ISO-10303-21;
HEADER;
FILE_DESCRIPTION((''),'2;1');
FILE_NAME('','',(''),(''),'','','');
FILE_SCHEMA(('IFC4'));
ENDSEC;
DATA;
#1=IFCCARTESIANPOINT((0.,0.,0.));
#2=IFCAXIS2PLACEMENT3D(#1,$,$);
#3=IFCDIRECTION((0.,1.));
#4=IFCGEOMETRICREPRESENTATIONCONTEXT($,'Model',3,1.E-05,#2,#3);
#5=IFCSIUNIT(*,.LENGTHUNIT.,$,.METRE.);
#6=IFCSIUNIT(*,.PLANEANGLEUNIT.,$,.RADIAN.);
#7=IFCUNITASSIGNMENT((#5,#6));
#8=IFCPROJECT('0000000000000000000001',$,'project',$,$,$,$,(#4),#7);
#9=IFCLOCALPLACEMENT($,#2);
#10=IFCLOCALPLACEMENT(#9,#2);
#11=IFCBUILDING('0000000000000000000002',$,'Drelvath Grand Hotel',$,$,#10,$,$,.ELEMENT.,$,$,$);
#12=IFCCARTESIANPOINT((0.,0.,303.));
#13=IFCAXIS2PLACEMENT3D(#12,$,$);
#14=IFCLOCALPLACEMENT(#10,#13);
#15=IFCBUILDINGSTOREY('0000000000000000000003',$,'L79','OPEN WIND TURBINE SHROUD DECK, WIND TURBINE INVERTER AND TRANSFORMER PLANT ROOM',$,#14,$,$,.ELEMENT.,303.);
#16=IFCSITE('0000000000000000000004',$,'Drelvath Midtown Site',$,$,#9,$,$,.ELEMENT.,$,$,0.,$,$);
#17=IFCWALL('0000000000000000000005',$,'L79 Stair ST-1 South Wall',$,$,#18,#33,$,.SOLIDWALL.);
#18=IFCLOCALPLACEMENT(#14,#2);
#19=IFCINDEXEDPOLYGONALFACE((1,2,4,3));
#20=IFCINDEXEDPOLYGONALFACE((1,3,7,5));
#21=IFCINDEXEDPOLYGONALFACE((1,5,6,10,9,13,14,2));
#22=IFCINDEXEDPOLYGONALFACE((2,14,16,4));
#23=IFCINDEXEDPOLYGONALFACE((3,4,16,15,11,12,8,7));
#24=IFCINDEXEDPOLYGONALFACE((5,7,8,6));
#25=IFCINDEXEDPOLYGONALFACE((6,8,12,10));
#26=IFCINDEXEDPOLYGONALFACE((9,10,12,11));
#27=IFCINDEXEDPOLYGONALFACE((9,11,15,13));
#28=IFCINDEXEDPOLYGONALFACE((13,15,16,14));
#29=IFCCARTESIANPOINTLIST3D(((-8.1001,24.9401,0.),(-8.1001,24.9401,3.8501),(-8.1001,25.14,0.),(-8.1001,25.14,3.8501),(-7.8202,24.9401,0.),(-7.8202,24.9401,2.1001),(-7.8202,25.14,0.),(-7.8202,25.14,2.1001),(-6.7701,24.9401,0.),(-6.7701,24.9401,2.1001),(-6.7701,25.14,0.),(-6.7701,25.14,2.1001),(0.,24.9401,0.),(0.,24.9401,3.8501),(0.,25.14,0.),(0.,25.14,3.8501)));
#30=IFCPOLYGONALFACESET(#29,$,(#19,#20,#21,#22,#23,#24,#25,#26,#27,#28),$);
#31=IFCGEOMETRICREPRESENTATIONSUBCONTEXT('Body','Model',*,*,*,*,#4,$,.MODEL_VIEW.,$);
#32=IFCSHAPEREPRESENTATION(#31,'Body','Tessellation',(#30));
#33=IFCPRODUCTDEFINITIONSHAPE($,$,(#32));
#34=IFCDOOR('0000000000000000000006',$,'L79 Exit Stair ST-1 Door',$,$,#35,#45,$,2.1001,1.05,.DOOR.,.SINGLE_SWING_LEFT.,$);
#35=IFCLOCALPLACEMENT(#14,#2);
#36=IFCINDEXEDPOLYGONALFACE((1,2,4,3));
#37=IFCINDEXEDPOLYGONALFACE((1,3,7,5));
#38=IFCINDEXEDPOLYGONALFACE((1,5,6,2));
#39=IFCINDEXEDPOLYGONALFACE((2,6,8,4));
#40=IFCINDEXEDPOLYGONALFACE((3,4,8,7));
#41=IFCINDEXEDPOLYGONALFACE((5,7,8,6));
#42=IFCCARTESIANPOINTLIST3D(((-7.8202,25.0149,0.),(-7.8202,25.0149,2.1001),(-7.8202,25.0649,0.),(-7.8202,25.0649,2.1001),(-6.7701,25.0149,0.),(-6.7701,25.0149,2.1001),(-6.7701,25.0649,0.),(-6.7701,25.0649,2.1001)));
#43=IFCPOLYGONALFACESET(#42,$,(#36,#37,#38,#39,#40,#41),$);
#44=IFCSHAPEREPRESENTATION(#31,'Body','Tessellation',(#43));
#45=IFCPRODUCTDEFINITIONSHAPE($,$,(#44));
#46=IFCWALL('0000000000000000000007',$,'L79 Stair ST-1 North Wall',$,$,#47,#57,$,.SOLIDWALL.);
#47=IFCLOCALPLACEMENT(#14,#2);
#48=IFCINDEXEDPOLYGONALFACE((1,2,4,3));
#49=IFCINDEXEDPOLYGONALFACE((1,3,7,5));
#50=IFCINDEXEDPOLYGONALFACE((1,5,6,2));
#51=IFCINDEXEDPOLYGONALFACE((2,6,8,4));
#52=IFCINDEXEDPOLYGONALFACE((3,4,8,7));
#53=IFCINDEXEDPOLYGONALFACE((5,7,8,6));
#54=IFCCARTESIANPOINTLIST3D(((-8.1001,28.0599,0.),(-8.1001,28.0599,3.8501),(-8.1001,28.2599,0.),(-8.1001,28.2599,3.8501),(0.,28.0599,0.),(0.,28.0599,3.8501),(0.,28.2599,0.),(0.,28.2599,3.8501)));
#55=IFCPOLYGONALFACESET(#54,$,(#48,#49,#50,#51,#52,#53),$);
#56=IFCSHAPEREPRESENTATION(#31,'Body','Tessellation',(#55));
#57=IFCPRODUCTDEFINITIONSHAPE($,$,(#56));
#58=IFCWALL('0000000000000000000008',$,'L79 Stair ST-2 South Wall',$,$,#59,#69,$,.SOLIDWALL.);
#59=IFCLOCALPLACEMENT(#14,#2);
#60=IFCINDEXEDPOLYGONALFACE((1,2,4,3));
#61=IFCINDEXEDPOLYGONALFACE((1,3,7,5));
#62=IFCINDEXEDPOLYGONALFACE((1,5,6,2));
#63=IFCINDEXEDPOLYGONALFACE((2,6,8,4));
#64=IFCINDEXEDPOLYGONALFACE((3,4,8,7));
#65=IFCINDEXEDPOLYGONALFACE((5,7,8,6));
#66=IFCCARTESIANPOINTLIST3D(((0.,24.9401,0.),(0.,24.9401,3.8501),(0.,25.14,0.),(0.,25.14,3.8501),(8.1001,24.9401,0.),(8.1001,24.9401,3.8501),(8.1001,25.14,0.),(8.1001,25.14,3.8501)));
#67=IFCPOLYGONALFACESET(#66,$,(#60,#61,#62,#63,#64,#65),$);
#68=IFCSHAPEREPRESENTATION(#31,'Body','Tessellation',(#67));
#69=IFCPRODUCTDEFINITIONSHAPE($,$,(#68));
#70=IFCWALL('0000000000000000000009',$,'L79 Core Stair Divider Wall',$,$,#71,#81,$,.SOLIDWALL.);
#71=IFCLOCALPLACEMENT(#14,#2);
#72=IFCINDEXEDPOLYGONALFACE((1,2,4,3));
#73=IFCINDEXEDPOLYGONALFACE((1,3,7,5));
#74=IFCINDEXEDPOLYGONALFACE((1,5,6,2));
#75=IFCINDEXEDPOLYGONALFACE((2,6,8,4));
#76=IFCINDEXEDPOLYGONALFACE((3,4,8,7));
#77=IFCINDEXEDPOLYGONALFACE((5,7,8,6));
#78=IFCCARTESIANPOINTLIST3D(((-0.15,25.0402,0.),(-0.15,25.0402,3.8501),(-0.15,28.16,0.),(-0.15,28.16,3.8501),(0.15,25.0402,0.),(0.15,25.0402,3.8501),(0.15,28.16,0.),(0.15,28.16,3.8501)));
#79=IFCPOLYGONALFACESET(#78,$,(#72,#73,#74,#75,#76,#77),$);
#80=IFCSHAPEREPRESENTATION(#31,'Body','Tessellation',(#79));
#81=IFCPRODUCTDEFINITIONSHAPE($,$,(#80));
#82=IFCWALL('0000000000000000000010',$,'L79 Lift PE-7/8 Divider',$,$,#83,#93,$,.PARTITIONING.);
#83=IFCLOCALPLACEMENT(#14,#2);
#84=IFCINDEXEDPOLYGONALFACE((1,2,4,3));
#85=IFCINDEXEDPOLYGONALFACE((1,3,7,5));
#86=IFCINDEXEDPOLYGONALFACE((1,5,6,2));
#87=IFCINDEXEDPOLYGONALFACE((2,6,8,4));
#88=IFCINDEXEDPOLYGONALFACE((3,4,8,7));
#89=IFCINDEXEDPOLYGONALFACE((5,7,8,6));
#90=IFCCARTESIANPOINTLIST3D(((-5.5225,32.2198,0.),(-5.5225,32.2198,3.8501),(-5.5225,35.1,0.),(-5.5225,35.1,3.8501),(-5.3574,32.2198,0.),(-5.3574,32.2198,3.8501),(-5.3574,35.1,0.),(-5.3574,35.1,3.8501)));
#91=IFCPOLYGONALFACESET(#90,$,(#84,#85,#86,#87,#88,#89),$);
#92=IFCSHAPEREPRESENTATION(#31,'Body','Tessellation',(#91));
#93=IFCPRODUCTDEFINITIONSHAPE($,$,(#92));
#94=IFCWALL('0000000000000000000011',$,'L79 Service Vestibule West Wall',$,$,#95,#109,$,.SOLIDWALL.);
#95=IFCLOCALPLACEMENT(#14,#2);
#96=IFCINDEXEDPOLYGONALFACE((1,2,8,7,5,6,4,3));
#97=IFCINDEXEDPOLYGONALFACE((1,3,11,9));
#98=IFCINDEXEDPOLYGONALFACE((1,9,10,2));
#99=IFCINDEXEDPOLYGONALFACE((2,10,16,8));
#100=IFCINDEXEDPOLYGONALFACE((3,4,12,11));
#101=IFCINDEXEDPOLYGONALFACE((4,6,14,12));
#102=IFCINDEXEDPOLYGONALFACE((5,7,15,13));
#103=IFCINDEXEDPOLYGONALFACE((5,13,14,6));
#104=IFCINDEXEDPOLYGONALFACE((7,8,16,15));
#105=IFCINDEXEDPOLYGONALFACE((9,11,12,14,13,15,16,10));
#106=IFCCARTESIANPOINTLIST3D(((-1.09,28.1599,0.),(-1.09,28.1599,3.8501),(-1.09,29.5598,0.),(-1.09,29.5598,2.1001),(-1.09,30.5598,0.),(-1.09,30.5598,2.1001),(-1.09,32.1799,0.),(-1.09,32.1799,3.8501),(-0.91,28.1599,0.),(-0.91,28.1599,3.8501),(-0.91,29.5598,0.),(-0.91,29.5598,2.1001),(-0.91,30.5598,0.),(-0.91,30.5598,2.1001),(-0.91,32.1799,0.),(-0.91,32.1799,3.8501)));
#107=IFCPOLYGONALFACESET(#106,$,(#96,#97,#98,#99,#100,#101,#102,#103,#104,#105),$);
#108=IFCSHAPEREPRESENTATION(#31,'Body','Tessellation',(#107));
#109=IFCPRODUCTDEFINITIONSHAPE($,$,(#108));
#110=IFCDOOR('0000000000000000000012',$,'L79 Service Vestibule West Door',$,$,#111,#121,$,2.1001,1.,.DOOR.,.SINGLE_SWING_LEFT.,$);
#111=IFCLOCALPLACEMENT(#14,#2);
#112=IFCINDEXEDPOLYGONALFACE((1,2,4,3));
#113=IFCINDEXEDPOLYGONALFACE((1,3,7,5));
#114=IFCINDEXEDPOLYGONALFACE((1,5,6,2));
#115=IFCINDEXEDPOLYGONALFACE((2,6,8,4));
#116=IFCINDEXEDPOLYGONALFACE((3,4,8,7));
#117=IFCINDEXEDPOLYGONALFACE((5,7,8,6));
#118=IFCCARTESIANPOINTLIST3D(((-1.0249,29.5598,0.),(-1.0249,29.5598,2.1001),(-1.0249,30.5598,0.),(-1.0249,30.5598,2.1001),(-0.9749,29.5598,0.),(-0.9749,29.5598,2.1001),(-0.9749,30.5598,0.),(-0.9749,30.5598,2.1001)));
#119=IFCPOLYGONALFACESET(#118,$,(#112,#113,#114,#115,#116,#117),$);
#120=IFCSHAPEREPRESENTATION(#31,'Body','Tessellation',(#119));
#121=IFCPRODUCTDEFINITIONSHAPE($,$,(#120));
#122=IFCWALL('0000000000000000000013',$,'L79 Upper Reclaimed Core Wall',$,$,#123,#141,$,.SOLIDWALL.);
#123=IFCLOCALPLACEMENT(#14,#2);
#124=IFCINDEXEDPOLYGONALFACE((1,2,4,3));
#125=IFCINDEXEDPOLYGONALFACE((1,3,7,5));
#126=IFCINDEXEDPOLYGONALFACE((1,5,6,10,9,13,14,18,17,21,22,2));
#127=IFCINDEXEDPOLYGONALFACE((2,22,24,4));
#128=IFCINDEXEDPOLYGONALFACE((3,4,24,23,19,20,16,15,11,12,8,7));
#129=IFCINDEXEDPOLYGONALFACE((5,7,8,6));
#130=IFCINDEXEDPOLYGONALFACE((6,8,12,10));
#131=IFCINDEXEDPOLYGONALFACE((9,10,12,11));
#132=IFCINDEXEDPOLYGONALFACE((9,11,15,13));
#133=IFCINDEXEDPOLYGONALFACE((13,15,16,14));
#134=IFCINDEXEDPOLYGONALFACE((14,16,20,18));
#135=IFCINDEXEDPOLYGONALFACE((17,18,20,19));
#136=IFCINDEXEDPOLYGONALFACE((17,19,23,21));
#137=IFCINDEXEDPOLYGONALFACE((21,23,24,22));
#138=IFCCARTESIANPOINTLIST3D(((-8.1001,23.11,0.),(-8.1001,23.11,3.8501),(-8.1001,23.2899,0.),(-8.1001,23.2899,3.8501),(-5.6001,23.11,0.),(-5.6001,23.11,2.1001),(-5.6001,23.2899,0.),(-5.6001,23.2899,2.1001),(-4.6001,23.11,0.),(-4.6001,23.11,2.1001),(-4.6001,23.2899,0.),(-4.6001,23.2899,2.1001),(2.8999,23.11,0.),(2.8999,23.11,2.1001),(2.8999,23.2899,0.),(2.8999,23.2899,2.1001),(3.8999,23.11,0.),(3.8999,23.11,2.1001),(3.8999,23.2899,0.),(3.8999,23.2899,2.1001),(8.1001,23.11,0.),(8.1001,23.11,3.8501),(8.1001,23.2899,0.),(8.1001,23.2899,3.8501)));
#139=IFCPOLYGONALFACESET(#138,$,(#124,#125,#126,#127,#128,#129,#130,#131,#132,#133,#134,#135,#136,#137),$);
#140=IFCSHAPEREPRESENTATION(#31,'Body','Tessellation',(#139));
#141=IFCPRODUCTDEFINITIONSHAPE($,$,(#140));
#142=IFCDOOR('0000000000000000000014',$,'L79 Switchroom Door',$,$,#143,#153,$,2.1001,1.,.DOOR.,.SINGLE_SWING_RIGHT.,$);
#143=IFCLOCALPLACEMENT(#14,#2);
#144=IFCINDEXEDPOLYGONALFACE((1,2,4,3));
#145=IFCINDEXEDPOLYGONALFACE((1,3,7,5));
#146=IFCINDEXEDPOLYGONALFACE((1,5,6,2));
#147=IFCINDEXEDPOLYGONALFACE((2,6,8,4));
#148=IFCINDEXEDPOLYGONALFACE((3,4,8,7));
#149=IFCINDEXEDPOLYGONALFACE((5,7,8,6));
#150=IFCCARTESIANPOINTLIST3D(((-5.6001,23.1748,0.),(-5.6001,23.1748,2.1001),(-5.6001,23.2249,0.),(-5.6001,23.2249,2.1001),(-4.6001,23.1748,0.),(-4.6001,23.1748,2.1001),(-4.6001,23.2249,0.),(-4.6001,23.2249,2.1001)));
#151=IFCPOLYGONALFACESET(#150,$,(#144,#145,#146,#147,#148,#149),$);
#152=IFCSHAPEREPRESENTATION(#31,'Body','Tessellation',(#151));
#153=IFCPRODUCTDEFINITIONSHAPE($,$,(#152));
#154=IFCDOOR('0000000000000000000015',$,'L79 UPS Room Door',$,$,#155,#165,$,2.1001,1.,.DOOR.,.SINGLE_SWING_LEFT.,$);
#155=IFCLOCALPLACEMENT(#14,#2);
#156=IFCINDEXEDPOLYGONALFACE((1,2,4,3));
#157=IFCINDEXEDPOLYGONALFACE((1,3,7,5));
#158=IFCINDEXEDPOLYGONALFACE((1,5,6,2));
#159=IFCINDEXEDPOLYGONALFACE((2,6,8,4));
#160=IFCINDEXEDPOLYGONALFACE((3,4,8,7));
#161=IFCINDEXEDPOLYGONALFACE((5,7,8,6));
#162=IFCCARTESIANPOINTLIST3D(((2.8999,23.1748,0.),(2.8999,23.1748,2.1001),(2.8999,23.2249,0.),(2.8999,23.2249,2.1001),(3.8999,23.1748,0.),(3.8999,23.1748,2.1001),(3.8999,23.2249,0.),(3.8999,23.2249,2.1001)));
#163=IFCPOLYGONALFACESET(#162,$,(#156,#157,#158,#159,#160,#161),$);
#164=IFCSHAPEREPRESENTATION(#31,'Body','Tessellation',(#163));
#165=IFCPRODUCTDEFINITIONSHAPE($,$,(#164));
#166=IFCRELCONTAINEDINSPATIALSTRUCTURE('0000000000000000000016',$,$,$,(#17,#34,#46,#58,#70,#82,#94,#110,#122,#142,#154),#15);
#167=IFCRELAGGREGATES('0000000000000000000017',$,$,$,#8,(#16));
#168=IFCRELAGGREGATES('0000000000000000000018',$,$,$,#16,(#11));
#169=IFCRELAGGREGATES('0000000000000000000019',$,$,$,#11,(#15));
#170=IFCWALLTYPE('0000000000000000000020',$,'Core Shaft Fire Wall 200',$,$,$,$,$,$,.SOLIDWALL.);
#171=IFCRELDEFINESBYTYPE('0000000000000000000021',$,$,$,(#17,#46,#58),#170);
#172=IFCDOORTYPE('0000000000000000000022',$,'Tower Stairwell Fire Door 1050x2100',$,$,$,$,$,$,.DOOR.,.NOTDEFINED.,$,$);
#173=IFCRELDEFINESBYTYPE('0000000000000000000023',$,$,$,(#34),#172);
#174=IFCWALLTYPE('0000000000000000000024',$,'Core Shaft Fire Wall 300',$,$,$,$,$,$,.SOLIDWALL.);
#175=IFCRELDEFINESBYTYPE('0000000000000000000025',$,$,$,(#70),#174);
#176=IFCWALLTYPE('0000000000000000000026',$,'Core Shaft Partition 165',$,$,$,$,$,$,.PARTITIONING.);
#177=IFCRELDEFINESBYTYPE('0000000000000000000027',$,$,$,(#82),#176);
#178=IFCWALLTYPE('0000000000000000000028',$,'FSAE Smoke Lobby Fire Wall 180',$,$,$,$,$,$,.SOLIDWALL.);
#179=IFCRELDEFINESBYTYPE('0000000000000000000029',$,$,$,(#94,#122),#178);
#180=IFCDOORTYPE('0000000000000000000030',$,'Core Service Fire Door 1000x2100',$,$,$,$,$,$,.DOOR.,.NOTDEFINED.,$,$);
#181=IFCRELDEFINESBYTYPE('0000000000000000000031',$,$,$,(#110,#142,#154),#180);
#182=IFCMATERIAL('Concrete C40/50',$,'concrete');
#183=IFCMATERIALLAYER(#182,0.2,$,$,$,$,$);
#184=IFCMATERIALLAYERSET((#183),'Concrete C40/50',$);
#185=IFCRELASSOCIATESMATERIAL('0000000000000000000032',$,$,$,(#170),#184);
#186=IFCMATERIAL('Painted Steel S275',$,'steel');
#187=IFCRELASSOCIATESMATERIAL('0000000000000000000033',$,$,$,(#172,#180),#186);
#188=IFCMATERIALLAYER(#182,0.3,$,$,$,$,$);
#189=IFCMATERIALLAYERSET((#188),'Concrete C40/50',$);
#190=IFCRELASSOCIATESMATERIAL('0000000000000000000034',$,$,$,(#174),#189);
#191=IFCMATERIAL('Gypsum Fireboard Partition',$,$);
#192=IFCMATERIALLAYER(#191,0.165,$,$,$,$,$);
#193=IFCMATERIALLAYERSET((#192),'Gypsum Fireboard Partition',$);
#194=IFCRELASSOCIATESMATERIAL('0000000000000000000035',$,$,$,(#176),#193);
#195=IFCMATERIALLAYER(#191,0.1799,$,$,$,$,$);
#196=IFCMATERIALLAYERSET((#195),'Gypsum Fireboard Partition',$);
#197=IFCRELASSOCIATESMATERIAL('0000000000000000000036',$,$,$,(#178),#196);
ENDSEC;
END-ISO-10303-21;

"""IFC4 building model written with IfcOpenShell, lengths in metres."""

from ifc_helpers import new_model, si_unit, direction, frame, frame_2d, origin, place, context, subcontext, project, spatial, rectangle, extrude, material, layer, layer_set, type_object, element, fill, save


model = new_model("IFC4")

# Units and contexts
model_context = context("Model", 3, precision=1e-05, world=origin(), true_north=direction((0.0, 1.0)))
body_context = subcontext(model_context, "Body", "Model", "MODEL_VIEW")
ifc_project = project(units=[si_unit("LENGTHUNIT", "METRE"), si_unit("PLANEANGLEUNIT", "RADIAN")], contexts=[model_context])

# Site, building, storey
site_placement = place(None, origin())
site = spatial("IfcSite", under=ifc_project, at=site_placement, Name="Drelvath Midtown Site", CompositionType="ELEMENT", RefElevation=0.0)
building_placement = place(site_placement, origin())
building = spatial("IfcBuilding", under=site, at=building_placement, Name="Drelvath Grand Hotel", CompositionType="ELEMENT")
storey_placement = place(building_placement, frame((0.0, 0.0, 303.0)))
storey = spatial("IfcBuildingStorey", under=building, at=storey_placement, Name="L79", Description="OPEN WIND TURBINE SHROUD DECK, WIND TURBINE INVERTER AND TRANSFORMER PLANT ROOM", CompositionType="ELEMENT", Elevation=303.0)

# Shared definitions
ifc_material_1 = material(Name="Painted Steel S275", Category="steel")

# Shared definitions
ifc_material_2 = material(Name="Concrete C40/50", Category="concrete")

# Wall, opening, door
ifc_layer_1 = layer(ifc_material_2, 0.2)
ifc_layer_set_1 = layer_set([ifc_layer_1], Name="Concrete C40/50")
wall_type_1 = type_object("IfcWallType", Name="Core Shaft Fire Wall 200", PredefinedType="SOLIDWALL", material=ifc_layer_set_1)
wall_1_placement = place(storey_placement, frame((-8.1001, 25.04, 0.0), z_axis=(0.0, 0.0, 1.0), x_axis=(1.0, 0.0, 0.0)))
wall_1 = element("IfcWall", 1, at=wall_1_placement, inside=storey, type_object=wall_type_1, Name="L79 Stair ST-1 South Wall", PredefinedType="SOLIDWALL", context=body_context, shape_type="SweptSolid", body=[
    extrude(rectangle(XDim=8.1001, YDim=0.2, at=frame_2d((4.05, 0.0))), origin(), (0.0, 0.0, 1.0), 3.8501),
])
opening_1_placement = place(wall_1_placement, frame((0.28, 0.0, 0.0)))
opening_1 = element("IfcOpeningElement", 2, at=opening_1_placement, cuts=wall_1, PredefinedType="OPENING", context=body_context, shape_type="SweptSolid", body=[
    extrude(rectangle(XDim=1.05, YDim=2.1001, at=frame_2d((0.5249, 1.05))), frame((0.0, 0.1099, 0.0), z_axis=(0.0, -1.0, 0.0), x_axis=(1.0, 0.0, 0.0)), (0.0, 0.0, 1.0), 0.22),
])
door_type_1 = type_object("IfcDoorType", Name="Tower Stairwell Fire Door 1050x2100", OperationType="NOTDEFINED", PredefinedType="DOOR", material=ifc_material_1)
door_1_placement = place(opening_1_placement, origin())
door_1 = element("IfcDoor", 3, at=door_1_placement, inside=storey, type_object=door_type_1, Name="L79 Exit Stair ST-1 Door", OperationType="SINGLE_SWING_LEFT", OverallHeight=2.1001, OverallWidth=1.05, PredefinedType="DOOR", context=body_context, shape_type="SweptSolid", body=[
    extrude(rectangle(XDim=1.05, YDim=2.1001, at=frame_2d((0.5249, 1.05))), frame((0.0, 0.0249, 0.0), z_axis=(0.0, -1.0, 0.0), x_axis=(1.0, 0.0, 0.0)), (0.0, 0.0, 1.0), 0.05),
])
fill(opening_1, door_1)

# Walls
for number, where, z_axis, x_axis, name in (
    (4, (-8.1001, 28.1599, 0.0), (0.0, 0.0, 1.0), (1.0, 0.0, 0.0), "L79 Stair ST-1 North Wall"),
    (5, (0.0, 25.04, 0.0), (0.0, 0.0, 1.0), (1.0, 0.0, 0.0), "L79 Stair ST-2 South Wall"),
):
    element("IfcWall", number, at=place(storey_placement, frame(where, z_axis=z_axis, x_axis=x_axis)), inside=storey, type_object=wall_type_1, Name=name, PredefinedType="SOLIDWALL", context=body_context, shape_type="SweptSolid", body=[
        extrude(rectangle(XDim=8.1001, YDim=0.2, at=frame_2d((4.05, 0.0))), origin(), (0.0, 0.0, 1.0), 3.8501),
    ])
ifc_layer_2 = layer(ifc_material_2, 0.3)
ifc_layer_set_2 = layer_set([ifc_layer_2], Name="Concrete C40/50")
wall_type_2 = type_object("IfcWallType", Name="Core Shaft Fire Wall 300", PredefinedType="SOLIDWALL", material=ifc_layer_set_2)
wall_2_placement = place(storey_placement, frame((0.0, 25.04, 0.0), z_axis=(0.0, 0.0, 1.0), x_axis=(0.0, 1.0, 0.0)))
element("IfcWall", 6, at=wall_2_placement, inside=storey, type_object=wall_type_2, Name="L79 Core Stair Divider Wall", PredefinedType="SOLIDWALL", context=body_context, shape_type="SweptSolid", body=[
    extrude(rectangle(XDim=3.1199, YDim=0.3, at=frame_2d((1.5601, 0.0))), origin(), (0.0, 0.0, 1.0), 3.8501),
])
ifc_material_3 = material(Name="Gypsum Fireboard Partition")
ifc_layer_3 = layer(ifc_material_3, 0.165)
ifc_layer_set_3 = layer_set([ifc_layer_3], Name="Gypsum Fireboard Partition")
wall_type_3 = type_object("IfcWallType", Name="Core Shaft Partition 165", PredefinedType="PARTITIONING", material=ifc_layer_set_3)
wall_3_placement = place(storey_placement, frame((-5.4399, 32.22, 0.0), z_axis=(0.0, 0.0, 1.0), x_axis=(0.0, 1.0, 0.0)))
element("IfcWall", 7, at=wall_3_placement, inside=storey, type_object=wall_type_3, Name="L79 Lift PE-7/8 Divider", PredefinedType="PARTITIONING", context=body_context, shape_type="SweptSolid", body=[
    extrude(rectangle(XDim=2.8801, YDim=0.165, at=frame_2d((1.4399, 0.0))), origin(), (0.0, 0.0, 1.0), 3.8501),
])

# Wall, opening, door
ifc_layer_4 = layer(ifc_material_3, 0.1799)
ifc_layer_set_4 = layer_set([ifc_layer_4], Name="Gypsum Fireboard Partition")
wall_type_4 = type_object("IfcWallType", Name="FSAE Smoke Lobby Fire Wall 180", PredefinedType="SOLIDWALL", material=ifc_layer_set_4)
wall_4_placement = place(storey_placement, frame((-1.0, 28.1599, 0.0), z_axis=(0.0, 0.0, 1.0), x_axis=(0.0, 1.0, 0.0)))
wall_4 = element("IfcWall", 8, at=wall_4_placement, inside=storey, type_object=wall_type_4, Name="L79 Service Vestibule West Wall", PredefinedType="SOLIDWALL", context=body_context, shape_type="SweptSolid", body=[
    extrude(rectangle(XDim=4.02, YDim=0.1799, at=frame_2d((2.01, 0.0))), origin(), (0.0, 0.0, 1.0), 3.8501),
])
opening_2_placement = place(wall_4_placement, frame((1.3999, 0.0, 0.0)))
opening_2 = element("IfcOpeningElement", 9, at=opening_2_placement, cuts=wall_4, PredefinedType="OPENING", context=body_context, shape_type="SweptSolid", body=[
    extrude(rectangle(XDim=1.0, YDim=2.1001, at=frame_2d((0.5, 1.05))), frame((0.0, 0.0999, 0.0), z_axis=(0.0, -1.0, 0.0), x_axis=(1.0, 0.0, 0.0)), (0.0, 0.0, 1.0), 0.2),
])
door_type_2 = type_object("IfcDoorType", Name="Core Service Fire Door 1000x2100", OperationType="NOTDEFINED", PredefinedType="DOOR", material=ifc_material_1)
door_2_placement = place(opening_2_placement, origin())
door_2 = element("IfcDoor", 10, at=door_2_placement, inside=storey, type_object=door_type_2, Name="L79 Service Vestibule West Door", OperationType="SINGLE_SWING_LEFT", OverallHeight=2.1001, OverallWidth=1.0, PredefinedType="DOOR", context=body_context, shape_type="SweptSolid", body=[
    extrude(rectangle(XDim=1.0, YDim=2.1001, at=frame_2d((0.5, 1.05))), frame((0.0, 0.0249, 0.0), z_axis=(0.0, -1.0, 0.0), x_axis=(1.0, 0.0, 0.0)), (0.0, 0.0, 1.0), 0.05),
])
fill(opening_2, door_2)

# Wall, openings, doors
wall_5_placement = place(storey_placement, frame((-8.1001, 23.2, 0.0), z_axis=(0.0, 0.0, 1.0), x_axis=(1.0, 0.0, 0.0)))
wall_5 = element("IfcWall", 11, at=wall_5_placement, inside=storey, type_object=wall_type_4, Name="L79 Upper Reclaimed Core Wall", PredefinedType="SOLIDWALL", context=body_context, shape_type="SweptSolid", body=[
    extrude(rectangle(XDim=16.2002, YDim=0.1799, at=frame_2d((8.1001, 0.0))), origin(), (0.0, 0.0, 1.0), 3.8501),
])
opening_3_placement = place(wall_5_placement, frame((2.5, 0.0, 0.0)))
opening_3 = element("IfcOpeningElement", 12, at=opening_3_placement, cuts=wall_5, PredefinedType="OPENING", context=body_context, shape_type="SweptSolid", body=[
    extrude(rectangle(XDim=1.0, YDim=2.1001, at=frame_2d((0.5, 1.05))), frame((0.0, 0.0999, 0.0), z_axis=(0.0, -1.0, 0.0), x_axis=(1.0, 0.0, 0.0)), (0.0, 0.0, 1.0), 0.2),
])
opening_4_placement = place(wall_5_placement, frame((11.0, 0.0, 0.0)))
opening_4 = element("IfcOpeningElement", 13, at=opening_4_placement, cuts=wall_5, PredefinedType="OPENING", context=body_context, shape_type="SweptSolid", body=[
    extrude(rectangle(XDim=1.0, YDim=2.1001, at=frame_2d((0.5, 1.05))), frame((0.0, 0.0999, 0.0), z_axis=(0.0, -1.0, 0.0), x_axis=(1.0, 0.0, 0.0)), (0.0, 0.0, 1.0), 0.2),
])
door_3_placement = place(opening_3_placement, origin())
door_3 = element("IfcDoor", 14, at=door_3_placement, inside=storey, type_object=door_type_2, Name="L79 Switchroom Door", OperationType="SINGLE_SWING_RIGHT", OverallHeight=2.1001, OverallWidth=1.0, PredefinedType="DOOR", context=body_context, shape_type="SweptSolid", body=[
    extrude(rectangle(XDim=1.0, YDim=2.1001, at=frame_2d((0.5, 1.05))), frame((0.0, 0.0249, 0.0), z_axis=(0.0, -1.0, 0.0), x_axis=(1.0, 0.0, 0.0)), (0.0, 0.0, 1.0), 0.05),
])
fill(opening_3, door_3)
door_4_placement = place(opening_4_placement, origin())
door_4 = element("IfcDoor", 15, at=door_4_placement, inside=storey, type_object=door_type_2, Name="L79 UPS Room Door", OperationType="SINGLE_SWING_LEFT", OverallHeight=2.1001, OverallWidth=1.0, PredefinedType="DOOR", context=body_context, shape_type="SweptSolid", body=[
    extrude(rectangle(XDim=1.0, YDim=2.1001, at=frame_2d((0.5, 1.05))), frame((0.0, 0.0249, 0.0), z_axis=(0.0, -1.0, 0.0), x_axis=(1.0, 0.0, 0.0)), (0.0, 0.0, 1.0), 0.05),
])
fill(opening_4, door_4)

save(model, "model.ifc")
